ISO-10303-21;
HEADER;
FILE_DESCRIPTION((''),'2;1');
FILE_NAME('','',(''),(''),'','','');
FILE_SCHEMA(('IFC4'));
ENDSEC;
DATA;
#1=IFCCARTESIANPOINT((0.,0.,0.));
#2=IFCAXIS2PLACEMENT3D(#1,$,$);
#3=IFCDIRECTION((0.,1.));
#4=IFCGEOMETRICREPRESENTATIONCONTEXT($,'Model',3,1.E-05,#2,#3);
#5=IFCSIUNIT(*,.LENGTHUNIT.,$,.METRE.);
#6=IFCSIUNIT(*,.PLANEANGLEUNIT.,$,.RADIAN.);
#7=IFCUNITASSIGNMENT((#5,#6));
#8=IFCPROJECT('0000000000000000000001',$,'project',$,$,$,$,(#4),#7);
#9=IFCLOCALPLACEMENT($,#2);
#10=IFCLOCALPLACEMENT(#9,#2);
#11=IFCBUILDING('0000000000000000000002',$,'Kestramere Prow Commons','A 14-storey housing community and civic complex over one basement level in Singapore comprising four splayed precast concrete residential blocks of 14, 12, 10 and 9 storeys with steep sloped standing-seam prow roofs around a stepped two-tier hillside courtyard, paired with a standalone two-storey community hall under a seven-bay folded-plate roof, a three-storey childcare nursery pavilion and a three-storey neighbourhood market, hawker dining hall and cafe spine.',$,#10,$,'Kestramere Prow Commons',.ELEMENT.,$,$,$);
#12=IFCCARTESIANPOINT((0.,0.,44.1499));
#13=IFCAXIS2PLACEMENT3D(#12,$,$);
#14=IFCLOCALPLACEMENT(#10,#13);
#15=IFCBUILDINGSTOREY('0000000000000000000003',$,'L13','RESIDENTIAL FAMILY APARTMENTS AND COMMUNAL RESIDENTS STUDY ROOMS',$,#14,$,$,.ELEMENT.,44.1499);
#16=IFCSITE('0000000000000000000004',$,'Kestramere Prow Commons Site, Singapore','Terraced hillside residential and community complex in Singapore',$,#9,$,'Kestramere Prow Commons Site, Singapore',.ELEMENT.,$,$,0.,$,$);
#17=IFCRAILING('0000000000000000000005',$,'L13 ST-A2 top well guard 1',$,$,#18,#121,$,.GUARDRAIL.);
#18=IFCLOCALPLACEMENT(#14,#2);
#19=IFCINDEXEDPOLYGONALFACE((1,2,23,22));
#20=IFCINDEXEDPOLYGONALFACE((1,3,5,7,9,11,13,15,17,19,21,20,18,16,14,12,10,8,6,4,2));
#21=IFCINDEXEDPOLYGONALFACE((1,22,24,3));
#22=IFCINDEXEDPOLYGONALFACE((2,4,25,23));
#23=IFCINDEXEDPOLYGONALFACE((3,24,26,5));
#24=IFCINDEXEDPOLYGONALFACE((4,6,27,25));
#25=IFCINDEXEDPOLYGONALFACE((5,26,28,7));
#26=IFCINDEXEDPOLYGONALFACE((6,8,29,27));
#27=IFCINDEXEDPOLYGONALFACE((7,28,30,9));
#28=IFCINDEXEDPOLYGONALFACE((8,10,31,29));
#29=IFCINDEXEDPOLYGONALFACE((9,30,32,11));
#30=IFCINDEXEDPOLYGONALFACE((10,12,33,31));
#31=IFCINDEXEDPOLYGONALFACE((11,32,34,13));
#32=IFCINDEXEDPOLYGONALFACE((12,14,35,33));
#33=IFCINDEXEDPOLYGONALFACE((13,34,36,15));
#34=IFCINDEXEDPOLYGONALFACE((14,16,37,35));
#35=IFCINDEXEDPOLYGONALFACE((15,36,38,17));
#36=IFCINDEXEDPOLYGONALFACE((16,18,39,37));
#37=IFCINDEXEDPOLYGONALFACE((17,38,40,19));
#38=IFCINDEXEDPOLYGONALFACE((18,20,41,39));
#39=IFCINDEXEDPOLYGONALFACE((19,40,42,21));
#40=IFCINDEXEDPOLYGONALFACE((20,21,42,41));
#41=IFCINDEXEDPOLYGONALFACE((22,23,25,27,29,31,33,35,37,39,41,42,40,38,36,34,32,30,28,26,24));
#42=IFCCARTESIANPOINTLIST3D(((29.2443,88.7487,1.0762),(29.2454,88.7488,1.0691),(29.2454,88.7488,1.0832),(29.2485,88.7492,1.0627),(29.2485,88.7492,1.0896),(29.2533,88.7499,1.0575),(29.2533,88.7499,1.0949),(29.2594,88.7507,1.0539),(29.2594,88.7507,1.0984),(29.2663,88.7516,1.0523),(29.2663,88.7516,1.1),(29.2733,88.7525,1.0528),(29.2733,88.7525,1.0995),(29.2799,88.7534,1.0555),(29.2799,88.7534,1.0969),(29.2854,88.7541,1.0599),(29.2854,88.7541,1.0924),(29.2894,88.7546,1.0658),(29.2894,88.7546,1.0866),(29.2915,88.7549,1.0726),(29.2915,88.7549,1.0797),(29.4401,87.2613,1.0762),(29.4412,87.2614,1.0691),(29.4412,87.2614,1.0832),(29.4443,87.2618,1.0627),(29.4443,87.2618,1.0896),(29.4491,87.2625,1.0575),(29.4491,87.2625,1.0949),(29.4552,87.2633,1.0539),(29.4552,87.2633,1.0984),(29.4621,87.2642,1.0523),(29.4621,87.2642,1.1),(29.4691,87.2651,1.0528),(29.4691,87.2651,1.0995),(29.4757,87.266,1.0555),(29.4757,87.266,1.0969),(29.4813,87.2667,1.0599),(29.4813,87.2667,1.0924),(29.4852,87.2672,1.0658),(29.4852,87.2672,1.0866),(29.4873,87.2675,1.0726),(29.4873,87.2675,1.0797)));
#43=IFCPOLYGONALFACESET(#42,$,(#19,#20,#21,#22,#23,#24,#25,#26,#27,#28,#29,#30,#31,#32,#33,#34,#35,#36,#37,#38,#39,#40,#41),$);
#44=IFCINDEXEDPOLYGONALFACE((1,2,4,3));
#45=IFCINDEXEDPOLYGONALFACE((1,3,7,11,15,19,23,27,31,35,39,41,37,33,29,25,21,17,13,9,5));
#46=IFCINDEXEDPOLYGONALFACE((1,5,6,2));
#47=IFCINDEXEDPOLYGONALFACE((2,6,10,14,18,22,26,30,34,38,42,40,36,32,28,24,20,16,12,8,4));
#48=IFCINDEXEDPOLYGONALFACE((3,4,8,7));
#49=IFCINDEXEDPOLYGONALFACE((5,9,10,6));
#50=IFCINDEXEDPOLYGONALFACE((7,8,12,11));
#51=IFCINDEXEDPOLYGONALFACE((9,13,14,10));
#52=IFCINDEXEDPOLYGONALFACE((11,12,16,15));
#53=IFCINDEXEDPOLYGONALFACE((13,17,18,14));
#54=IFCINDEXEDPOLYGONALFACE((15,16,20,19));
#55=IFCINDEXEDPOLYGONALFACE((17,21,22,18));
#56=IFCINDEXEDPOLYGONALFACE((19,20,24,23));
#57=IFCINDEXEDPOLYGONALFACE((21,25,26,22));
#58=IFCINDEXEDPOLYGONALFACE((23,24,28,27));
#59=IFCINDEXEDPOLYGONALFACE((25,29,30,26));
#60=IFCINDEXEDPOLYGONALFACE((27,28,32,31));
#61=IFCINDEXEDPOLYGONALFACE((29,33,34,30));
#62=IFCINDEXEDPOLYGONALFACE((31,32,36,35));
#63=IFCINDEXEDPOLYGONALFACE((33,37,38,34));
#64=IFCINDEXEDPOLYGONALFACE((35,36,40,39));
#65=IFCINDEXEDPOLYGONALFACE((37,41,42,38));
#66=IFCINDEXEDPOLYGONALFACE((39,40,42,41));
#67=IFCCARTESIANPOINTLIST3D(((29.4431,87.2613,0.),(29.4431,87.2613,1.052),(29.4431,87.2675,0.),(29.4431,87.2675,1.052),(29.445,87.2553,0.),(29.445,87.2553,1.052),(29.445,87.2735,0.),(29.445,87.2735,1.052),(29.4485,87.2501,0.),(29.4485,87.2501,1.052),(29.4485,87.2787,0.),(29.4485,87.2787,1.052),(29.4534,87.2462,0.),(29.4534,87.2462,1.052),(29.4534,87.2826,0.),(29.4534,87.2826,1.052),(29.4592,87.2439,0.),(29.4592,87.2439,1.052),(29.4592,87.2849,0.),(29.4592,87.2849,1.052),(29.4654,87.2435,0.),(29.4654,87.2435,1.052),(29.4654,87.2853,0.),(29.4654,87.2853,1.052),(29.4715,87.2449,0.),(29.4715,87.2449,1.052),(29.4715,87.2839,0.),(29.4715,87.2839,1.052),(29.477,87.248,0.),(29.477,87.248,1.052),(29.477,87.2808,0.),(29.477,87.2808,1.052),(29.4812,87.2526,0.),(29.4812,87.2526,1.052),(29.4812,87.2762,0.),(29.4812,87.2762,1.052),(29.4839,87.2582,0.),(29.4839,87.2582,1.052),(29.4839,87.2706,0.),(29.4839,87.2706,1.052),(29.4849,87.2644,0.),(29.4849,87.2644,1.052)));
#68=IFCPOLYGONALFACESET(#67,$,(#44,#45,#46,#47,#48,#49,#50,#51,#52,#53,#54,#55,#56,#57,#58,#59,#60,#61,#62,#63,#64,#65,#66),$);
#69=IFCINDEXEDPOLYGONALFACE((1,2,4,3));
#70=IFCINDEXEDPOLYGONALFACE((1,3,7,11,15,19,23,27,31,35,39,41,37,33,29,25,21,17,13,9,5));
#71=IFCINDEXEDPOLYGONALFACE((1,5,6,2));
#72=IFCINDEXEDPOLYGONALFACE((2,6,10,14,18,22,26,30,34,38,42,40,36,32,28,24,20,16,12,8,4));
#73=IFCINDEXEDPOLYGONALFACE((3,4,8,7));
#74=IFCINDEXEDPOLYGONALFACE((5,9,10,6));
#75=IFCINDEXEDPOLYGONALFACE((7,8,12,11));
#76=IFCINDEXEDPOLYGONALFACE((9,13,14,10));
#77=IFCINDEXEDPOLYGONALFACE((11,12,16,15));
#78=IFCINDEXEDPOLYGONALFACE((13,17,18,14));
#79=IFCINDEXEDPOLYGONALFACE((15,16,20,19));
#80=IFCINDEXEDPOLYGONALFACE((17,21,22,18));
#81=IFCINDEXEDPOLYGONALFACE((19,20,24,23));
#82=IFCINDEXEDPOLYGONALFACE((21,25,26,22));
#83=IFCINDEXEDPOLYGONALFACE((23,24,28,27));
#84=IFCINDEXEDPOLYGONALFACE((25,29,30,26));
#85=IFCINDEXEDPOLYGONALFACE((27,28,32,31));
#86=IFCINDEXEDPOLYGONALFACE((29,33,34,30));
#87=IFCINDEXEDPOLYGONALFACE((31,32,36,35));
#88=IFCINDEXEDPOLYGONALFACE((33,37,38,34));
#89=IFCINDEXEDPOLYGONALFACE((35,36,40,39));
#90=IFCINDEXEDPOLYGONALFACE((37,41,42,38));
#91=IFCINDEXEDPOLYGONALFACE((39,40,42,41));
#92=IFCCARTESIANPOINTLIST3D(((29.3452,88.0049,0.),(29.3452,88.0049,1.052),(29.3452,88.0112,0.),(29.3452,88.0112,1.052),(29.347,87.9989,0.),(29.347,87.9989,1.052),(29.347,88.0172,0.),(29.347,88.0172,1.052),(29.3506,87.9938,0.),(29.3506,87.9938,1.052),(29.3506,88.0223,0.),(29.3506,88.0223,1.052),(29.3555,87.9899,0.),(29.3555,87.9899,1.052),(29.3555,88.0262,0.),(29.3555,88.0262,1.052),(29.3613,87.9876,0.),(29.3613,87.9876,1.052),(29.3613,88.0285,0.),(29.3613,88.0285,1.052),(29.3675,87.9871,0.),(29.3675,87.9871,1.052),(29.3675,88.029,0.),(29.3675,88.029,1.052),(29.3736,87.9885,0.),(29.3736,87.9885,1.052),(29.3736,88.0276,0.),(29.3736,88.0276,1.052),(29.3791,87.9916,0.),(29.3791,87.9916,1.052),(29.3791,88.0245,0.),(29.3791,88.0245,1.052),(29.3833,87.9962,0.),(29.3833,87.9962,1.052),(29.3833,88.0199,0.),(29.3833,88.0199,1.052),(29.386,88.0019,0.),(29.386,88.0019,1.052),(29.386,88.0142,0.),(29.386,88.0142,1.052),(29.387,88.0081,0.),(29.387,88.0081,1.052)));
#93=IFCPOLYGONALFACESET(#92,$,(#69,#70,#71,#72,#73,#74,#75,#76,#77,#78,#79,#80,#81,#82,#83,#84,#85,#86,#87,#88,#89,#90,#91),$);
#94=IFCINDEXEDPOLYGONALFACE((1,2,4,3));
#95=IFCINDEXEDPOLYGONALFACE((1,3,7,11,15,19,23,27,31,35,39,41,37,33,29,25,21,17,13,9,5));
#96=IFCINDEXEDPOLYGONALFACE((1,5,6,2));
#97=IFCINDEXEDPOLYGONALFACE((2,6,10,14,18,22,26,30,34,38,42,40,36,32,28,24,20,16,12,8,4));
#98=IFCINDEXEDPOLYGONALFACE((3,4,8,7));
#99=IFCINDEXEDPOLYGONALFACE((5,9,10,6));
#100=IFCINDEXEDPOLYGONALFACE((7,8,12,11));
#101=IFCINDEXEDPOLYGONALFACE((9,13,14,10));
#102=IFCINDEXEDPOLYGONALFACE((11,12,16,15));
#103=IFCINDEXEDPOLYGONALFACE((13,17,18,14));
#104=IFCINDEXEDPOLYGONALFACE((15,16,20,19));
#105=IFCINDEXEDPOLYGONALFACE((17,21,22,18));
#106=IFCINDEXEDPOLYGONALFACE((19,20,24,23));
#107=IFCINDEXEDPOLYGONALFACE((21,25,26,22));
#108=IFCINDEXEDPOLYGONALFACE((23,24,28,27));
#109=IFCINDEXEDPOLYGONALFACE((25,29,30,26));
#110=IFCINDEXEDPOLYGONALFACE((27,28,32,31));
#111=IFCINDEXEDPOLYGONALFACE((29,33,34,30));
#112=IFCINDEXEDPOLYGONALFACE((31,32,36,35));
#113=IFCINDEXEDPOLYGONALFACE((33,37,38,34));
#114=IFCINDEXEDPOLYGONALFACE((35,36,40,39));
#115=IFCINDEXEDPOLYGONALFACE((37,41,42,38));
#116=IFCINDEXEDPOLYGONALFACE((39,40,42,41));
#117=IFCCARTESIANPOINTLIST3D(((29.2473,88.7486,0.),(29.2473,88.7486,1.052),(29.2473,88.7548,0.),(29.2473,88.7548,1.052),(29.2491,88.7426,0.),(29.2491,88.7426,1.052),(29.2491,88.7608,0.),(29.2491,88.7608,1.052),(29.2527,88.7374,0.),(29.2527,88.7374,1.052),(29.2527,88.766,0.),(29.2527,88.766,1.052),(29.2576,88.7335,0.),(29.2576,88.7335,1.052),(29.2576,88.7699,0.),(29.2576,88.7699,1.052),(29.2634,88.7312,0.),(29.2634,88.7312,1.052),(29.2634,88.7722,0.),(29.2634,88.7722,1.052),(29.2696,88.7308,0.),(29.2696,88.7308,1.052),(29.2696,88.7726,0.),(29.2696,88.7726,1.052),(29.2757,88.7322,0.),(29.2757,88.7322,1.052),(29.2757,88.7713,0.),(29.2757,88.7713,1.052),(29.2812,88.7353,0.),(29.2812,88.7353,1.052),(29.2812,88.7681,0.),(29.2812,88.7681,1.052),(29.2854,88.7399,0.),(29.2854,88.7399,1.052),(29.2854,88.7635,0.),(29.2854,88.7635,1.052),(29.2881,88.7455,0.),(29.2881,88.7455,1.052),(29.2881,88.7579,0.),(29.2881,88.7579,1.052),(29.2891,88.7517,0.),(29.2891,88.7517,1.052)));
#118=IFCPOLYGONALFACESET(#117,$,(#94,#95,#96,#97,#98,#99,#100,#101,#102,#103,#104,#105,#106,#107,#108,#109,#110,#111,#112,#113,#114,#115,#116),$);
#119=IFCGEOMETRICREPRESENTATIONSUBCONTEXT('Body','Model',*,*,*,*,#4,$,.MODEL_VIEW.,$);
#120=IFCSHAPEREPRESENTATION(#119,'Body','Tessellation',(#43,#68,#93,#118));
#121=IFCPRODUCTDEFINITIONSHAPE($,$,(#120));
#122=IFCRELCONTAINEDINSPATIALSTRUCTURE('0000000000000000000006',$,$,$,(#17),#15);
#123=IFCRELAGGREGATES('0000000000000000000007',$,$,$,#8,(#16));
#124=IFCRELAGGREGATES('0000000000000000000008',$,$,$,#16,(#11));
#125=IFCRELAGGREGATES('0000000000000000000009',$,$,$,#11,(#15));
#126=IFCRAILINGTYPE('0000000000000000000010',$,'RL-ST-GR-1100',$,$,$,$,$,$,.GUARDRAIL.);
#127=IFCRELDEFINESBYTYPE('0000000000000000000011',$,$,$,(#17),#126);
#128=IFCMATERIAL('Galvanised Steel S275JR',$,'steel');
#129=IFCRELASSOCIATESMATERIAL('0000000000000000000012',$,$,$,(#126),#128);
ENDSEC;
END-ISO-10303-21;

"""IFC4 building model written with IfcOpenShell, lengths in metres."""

from ifc_helpers import new_model, si_unit, direction, frame, origin, origin_2d, place, context, subcontext, project, spatial, circle, extrude, material, type_object, element, save


model = new_model("IFC4")

# Units and contexts
model_context = context("Model", 3, precision=1e-05, world=origin(), true_north=direction((0.0, 1.0)))
body_context = subcontext(model_context, "Body", "Model", "MODEL_VIEW")
ifc_project = project(units=[si_unit("LENGTHUNIT", "METRE"), si_unit("PLANEANGLEUNIT", "RADIAN")], contexts=[model_context])

# Site, building, storey
site_placement = place(None, origin())
site = spatial("IfcSite", under=ifc_project, at=site_placement, Name="Kestramere Prow Commons Site, Singapore", Description="Terraced hillside residential and community complex in Singapore", LongName="Kestramere Prow Commons Site, Singapore", CompositionType="ELEMENT", RefElevation=0.0)
building_placement = place(site_placement, origin())
building = spatial("IfcBuilding", under=site, at=building_placement, Name="Kestramere Prow Commons", Description="A 14-storey housing community and civic complex over one basement level in Singapore comprising four splayed precast concrete residential blocks of 14, 12, 10 and 9 storeys with steep sloped standing-seam prow roofs around a stepped two-tier hillside courtyard, paired with a standalone two-storey community hall under a seven-bay folded-plate roof, a three-storey childcare nursery pavilion and a three-storey neighbourhood market, hawker dining hall and cafe spine.", LongName="Kestramere Prow Commons", CompositionType="ELEMENT")
storey_placement = place(building_placement, frame((0.0, 0.0, 44.1499)))
storey = spatial("IfcBuildingStorey", under=building, at=storey_placement, Name="L13", Description="RESIDENTIAL FAMILY APARTMENTS AND COMMUNAL RESIDENTS STUDY ROOMS", CompositionType="ELEMENT", Elevation=44.1499)

# Railing
ifc_material_1 = material(Name="Galvanised Steel S275JR", Category="steel")
railing_type = type_object("IfcRailingType", Name="RL-ST-GR-1100", PredefinedType="GUARDRAIL", material=ifc_material_1)
railing_placement = place(storey_placement, frame((29.4639, 87.2644, 0.0)))
element("IfcRailing", 1, at=railing_placement, inside=storey, type_object=railing_type, Name="L13 ST-A2 top well guard 1", PredefinedType="GUARDRAIL", context=body_context, shape_type="SweptSolid", body=[
    extrude(circle(Radius=0.0239, at=origin_2d()), frame((0.0, 0.0, 1.0762), z_axis=(-0.130522, 0.991445, 0.0), x_axis=(-0.991445, -0.130522, 0.0)), (0.0, 0.0, 1.0), 1.5002),
    extrude(circle(Radius=0.021, at=origin_2d()), origin(), (0.0, 0.0, 1.0), 1.052),
    extrude(circle(Radius=0.021, at=origin_2d()), frame((-0.0979, 0.7437, 0.0)), (0.0, 0.0, 1.0), 1.052),
    extrude(circle(Radius=0.021, at=origin_2d()), frame((-0.1958, 1.4873, 0.0)), (0.0, 0.0, 1.0), 1.052),
])

save(model, "model.ifc")
